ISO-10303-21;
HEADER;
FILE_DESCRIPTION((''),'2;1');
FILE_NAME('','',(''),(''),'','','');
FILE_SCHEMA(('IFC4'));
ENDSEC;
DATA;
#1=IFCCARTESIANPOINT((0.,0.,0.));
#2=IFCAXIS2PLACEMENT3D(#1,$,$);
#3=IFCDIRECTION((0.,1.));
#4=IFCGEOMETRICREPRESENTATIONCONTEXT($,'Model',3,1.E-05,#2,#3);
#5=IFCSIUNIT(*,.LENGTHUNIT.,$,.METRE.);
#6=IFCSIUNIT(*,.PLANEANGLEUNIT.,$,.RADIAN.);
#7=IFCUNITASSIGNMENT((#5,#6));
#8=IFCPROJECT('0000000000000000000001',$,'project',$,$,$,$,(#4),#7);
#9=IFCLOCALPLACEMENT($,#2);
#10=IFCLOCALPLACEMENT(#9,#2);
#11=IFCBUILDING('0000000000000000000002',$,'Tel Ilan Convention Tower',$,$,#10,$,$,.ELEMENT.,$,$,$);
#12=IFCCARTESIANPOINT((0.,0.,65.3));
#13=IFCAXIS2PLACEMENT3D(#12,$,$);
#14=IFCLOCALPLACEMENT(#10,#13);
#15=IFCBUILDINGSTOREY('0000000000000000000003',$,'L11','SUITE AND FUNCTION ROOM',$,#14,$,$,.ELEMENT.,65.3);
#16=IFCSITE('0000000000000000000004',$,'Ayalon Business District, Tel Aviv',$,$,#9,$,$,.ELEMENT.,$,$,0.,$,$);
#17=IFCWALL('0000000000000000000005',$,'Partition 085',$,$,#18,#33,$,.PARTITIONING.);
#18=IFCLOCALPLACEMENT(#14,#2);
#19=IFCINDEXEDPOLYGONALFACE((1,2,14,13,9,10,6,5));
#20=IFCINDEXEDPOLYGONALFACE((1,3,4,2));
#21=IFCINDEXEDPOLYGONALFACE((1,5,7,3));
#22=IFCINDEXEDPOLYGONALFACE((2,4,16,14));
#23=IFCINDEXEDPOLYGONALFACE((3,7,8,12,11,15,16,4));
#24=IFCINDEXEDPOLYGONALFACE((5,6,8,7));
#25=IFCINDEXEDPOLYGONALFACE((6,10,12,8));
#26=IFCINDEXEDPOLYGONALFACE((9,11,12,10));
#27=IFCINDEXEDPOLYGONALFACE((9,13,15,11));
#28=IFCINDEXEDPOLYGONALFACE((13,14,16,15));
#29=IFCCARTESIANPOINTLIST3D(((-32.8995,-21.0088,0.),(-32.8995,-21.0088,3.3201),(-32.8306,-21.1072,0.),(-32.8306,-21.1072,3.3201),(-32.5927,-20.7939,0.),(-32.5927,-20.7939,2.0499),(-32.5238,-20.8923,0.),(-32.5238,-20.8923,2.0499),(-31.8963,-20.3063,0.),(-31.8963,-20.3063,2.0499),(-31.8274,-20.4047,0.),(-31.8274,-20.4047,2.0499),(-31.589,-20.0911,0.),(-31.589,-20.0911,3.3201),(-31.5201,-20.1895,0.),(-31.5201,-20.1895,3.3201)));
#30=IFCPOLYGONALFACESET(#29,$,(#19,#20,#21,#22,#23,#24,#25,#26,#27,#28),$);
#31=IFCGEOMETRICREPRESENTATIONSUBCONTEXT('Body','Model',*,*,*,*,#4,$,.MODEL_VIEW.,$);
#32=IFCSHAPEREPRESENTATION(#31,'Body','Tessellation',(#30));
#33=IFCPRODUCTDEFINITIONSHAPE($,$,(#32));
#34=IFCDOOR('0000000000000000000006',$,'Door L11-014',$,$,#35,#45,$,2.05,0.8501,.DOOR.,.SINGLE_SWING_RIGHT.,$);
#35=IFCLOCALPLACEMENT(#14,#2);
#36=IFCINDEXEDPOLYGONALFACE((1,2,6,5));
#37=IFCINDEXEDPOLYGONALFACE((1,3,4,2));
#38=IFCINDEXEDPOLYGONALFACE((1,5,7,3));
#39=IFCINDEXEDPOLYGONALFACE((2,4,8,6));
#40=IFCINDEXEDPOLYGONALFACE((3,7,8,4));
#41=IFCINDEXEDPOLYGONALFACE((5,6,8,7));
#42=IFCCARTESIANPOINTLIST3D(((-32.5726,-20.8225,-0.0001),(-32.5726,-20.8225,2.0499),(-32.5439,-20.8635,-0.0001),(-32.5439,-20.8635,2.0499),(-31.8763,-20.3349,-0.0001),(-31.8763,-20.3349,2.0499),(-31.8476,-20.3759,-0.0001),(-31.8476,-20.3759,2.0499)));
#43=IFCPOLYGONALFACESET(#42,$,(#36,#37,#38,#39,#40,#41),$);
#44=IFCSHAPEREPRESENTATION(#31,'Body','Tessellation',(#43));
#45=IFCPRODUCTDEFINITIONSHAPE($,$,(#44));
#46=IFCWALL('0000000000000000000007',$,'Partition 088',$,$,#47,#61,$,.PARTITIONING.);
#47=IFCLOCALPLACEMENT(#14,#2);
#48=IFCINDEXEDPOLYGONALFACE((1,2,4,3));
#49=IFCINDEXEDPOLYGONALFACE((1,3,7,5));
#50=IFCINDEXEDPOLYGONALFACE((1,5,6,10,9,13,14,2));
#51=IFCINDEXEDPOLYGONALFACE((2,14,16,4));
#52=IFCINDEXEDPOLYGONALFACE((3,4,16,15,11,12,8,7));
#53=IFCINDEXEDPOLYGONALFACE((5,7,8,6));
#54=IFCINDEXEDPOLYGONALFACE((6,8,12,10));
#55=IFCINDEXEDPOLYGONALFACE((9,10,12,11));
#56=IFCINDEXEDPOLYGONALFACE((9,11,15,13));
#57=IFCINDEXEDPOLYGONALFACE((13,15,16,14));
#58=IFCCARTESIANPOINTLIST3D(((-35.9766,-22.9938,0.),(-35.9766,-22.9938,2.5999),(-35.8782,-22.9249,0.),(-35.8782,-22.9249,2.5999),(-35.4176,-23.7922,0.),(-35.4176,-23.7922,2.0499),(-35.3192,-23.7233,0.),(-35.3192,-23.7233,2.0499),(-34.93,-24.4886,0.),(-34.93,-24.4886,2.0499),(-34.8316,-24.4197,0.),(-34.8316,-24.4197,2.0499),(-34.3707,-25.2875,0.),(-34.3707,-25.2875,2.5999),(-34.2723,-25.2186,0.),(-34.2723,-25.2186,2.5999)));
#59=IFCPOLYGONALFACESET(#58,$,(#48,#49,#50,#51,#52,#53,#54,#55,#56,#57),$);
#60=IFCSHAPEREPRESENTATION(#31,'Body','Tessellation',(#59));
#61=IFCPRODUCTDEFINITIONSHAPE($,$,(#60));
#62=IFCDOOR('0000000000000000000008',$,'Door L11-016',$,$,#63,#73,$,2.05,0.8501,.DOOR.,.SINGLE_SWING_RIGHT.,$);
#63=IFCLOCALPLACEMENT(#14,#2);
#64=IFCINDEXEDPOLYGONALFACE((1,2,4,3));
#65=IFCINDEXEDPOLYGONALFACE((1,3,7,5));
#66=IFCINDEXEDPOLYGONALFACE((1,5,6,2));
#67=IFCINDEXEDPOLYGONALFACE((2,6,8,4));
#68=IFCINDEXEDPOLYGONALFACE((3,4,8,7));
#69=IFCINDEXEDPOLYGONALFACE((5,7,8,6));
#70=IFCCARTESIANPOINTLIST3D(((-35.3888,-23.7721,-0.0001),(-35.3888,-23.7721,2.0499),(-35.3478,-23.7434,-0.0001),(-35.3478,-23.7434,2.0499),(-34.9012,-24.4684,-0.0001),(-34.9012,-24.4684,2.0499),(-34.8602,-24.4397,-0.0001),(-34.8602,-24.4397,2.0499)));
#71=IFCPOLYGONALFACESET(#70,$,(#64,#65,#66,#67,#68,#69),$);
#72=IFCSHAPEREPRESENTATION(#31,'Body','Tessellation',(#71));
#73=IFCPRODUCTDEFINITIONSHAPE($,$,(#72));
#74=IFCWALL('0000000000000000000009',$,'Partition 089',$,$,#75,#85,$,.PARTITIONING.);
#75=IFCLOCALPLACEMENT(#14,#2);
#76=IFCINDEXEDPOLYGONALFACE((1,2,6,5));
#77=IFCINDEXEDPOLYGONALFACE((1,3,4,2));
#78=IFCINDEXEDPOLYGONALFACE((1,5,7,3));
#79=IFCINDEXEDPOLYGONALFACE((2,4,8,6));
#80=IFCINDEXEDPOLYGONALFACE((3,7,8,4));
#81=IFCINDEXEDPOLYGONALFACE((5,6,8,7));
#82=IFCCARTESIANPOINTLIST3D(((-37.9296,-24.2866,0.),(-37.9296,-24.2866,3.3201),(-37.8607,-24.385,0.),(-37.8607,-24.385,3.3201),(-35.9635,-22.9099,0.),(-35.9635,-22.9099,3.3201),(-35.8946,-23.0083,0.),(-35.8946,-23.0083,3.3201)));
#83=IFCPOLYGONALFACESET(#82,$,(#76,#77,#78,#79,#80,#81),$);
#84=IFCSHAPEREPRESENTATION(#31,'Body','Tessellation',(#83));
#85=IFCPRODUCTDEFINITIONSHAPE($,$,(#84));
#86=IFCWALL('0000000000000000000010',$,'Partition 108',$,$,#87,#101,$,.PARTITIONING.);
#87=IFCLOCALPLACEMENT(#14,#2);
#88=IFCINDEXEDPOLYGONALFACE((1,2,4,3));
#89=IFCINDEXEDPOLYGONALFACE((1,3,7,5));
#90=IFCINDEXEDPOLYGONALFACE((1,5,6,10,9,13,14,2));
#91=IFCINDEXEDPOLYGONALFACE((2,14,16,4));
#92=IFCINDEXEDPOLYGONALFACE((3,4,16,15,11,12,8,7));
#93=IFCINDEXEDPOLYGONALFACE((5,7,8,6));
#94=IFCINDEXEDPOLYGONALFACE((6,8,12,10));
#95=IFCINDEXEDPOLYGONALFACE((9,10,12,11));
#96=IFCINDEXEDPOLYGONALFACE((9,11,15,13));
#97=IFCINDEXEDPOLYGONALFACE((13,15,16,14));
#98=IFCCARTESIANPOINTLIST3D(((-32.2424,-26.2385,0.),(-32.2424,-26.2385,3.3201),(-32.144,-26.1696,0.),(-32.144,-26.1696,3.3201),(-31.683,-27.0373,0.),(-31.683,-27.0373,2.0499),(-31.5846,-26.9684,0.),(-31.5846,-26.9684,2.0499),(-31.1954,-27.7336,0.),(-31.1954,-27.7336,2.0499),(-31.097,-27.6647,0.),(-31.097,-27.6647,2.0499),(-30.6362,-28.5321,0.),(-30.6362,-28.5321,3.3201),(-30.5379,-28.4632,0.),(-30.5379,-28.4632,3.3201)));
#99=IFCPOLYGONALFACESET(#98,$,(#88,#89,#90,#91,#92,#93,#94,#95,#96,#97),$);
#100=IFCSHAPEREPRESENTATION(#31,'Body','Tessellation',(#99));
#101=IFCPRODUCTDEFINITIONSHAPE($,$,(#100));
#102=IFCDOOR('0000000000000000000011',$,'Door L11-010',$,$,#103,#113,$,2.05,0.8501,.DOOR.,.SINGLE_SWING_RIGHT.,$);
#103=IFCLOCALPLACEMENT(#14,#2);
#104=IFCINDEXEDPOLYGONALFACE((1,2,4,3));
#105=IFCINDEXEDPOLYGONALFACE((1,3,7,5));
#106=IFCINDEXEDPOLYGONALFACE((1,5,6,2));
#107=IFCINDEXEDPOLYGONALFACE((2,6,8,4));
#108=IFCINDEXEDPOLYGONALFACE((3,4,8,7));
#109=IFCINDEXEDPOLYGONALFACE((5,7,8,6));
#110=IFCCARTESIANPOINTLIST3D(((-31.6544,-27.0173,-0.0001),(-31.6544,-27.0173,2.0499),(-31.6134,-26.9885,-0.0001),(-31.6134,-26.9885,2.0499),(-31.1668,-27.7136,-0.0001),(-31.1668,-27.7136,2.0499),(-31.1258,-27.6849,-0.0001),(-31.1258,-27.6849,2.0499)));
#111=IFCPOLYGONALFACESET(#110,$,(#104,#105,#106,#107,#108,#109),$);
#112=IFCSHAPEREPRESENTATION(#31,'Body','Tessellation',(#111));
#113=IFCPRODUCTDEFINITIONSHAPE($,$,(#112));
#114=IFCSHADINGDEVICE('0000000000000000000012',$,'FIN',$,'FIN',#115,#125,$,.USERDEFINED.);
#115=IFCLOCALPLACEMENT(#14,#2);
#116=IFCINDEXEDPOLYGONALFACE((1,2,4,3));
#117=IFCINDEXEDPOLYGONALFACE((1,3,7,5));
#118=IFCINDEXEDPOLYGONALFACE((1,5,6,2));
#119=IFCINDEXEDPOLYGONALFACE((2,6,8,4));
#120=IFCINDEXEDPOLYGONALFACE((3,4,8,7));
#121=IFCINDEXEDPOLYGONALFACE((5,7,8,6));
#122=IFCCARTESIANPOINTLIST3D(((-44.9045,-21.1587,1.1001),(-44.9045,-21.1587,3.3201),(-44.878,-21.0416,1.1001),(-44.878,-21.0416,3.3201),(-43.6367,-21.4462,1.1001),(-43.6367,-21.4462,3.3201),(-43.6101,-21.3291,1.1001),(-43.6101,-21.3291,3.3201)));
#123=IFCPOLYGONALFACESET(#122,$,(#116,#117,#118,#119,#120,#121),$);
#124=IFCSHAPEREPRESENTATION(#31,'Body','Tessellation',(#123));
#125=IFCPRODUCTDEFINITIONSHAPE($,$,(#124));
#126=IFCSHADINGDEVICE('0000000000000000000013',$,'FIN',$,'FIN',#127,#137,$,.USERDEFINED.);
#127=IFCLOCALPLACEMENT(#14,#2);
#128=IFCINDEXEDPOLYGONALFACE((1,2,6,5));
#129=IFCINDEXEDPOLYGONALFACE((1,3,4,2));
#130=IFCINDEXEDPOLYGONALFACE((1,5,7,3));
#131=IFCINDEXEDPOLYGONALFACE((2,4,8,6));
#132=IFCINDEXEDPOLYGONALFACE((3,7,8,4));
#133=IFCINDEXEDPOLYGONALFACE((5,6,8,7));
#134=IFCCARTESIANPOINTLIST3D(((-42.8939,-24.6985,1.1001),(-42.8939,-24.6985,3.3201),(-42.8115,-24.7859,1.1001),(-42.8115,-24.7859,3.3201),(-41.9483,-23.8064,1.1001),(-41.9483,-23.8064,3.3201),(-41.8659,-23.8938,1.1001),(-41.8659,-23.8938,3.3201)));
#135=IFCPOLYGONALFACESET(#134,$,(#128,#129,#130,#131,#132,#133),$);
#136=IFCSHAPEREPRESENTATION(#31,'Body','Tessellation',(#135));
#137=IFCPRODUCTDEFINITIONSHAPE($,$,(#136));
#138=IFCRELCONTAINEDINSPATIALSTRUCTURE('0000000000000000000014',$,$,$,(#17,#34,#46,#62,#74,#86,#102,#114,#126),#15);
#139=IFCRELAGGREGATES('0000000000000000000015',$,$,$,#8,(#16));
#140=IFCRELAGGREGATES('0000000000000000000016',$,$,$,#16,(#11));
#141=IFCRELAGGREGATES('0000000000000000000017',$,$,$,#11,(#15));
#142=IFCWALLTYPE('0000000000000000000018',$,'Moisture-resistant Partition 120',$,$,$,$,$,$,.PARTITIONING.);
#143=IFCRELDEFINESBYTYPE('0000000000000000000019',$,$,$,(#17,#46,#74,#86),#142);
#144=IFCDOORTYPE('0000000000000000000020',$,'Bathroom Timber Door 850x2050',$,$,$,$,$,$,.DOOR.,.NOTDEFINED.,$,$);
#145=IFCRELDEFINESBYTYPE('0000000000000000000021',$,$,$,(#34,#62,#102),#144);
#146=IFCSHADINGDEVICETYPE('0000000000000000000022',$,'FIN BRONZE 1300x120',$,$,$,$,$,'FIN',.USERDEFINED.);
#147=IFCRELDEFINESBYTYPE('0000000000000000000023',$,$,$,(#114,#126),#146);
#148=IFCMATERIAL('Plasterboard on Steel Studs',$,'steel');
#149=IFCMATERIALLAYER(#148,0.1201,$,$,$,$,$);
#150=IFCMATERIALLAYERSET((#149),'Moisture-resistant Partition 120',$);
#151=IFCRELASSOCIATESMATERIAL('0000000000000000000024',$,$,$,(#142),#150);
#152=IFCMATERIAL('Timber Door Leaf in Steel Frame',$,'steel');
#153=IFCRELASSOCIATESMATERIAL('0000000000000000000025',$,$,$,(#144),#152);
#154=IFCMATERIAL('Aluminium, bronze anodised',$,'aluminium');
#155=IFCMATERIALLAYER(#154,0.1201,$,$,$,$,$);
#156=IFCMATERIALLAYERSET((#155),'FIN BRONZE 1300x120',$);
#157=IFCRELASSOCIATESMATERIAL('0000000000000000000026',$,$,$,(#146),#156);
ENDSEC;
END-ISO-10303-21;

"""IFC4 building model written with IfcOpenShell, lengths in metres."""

from ifc_helpers import new_model, si_unit, direction, frame, frame_2d, origin, origin_2d, place, context, subcontext, project, spatial, rectangle, extrude, material, layer, layer_set, type_object, element, fill, save


model = new_model("IFC4")

# Units and contexts
model_context = context("Model", 3, precision=1e-05, world=origin(), true_north=direction((0.0, 1.0)))
body_context = subcontext(model_context, "Body", "Model", "MODEL_VIEW")
ifc_project = project(units=[si_unit("LENGTHUNIT", "METRE"), si_unit("PLANEANGLEUNIT", "RADIAN")], contexts=[model_context])

# Site, building, storey
site_placement = place(None, origin())
site = spatial("IfcSite", under=ifc_project, at=site_placement, Name="Ayalon Business District, Tel Aviv", CompositionType="ELEMENT", RefElevation=0.0)
building_placement = place(site_placement, origin())
building = spatial("IfcBuilding", under=site, at=building_placement, Name="Tel Ilan Convention Tower", CompositionType="ELEMENT")
storey_placement = place(building_placement, frame((0.0, 0.0, 65.3)))
storey = spatial("IfcBuildingStorey", under=building, at=storey_placement, Name="L11", Description="SUITE AND FUNCTION ROOM", CompositionType="ELEMENT", Elevation=65.3)

# Shared definitions
ifc_material_1 = material(Name="Plasterboard on Steel Studs", Category="steel")
ifc_layer_1 = layer(ifc_material_1, 0.1201)
ifc_layer_set_1 = layer_set([ifc_layer_1], Name="Moisture-resistant Partition 120")
wall_type_1 = type_object("IfcWallType", Name="Moisture-resistant Partition 120", PredefinedType="PARTITIONING", material=ifc_layer_set_1)

# Walls, openings, doors
wall_1_placement = place(storey_placement, frame((-31.5547, -20.1404, 0.0), z_axis=(0.0, 0.0, 1.0), x_axis=(-0.819132, -0.573606, 0.0)))
wall_1 = element("IfcWall", 1, at=wall_1_placement, inside=storey, type_object=wall_type_1, Name="Partition 085", PredefinedType="PARTITIONING", context=body_context, shape_type="SweptSolid", body=[
    extrude(rectangle(XDim=1.5999, YDim=0.1201, at=frame_2d((0.7998, 0.0))), origin(), (0.0, 0.0, 1.0), 3.3201),
])
opening_1_placement = place(wall_1_placement, frame((0.375, 0.0, 0.0)))
opening_1 = element("IfcOpeningElement", 2, at=opening_1_placement, cuts=wall_1, PredefinedType="OPENING", context=body_context, shape_type="SweptSolid", body=[
    extrude(rectangle(XDim=0.8501, YDim=2.05, at=frame_2d((0.425, 1.0249))), frame((0.0, 0.0701, 0.0), z_axis=(0.0, -1.0, 0.0), x_axis=(1.0, 0.0, 0.0)), (0.0, 0.0, 1.0), 0.1401),
])
ifc_material_2 = material(Name="Timber Door Leaf in Steel Frame", Category="steel")
door_type_1 = type_object("IfcDoorType", Name="Bathroom Timber Door 850x2050", OperationType="NOTDEFINED", PredefinedType="DOOR", material=ifc_material_2)
door_1_placement = place(opening_1_placement, origin())
door_1 = element("IfcDoor", 3, at=door_1_placement, inside=storey, type_object=door_type_1, Name="Door L11-014", OperationType="SINGLE_SWING_RIGHT", OverallHeight=2.05, OverallWidth=0.8501, PredefinedType="DOOR", context=body_context, shape_type="SweptSolid", body=[
    extrude(rectangle(XDim=0.8501, YDim=2.05, at=frame_2d((0.425, 1.0249))), frame((0.0, 0.0249, 0.0), z_axis=(0.0, -1.0, 0.0), x_axis=(1.0, 0.0, 0.0)), (0.0, 0.0, 1.0), 0.05),
])
fill(opening_1, door_1)
wall_2_placement = place(storey_placement, frame((-34.3215, -25.2529, 0.0), z_axis=(0.0, 0.0, 1.0), x_axis=(-0.57355, 0.81917, 0.0)))
wall_2 = element("IfcWall", 4, at=wall_2_placement, inside=storey, type_object=wall_type_1, Name="Partition 088", PredefinedType="PARTITIONING", context=body_context, shape_type="SweptSolid", body=[
    extrude(rectangle(XDim=2.8, YDim=0.1201, at=frame_2d((1.3999, 0.0))), origin(), (0.0, 0.0, 1.0), 2.5999),
])
opening_2_placement = place(wall_2_placement, frame((0.9751, 0.0, 0.0)))
opening_2 = element("IfcOpeningElement", 5, at=opening_2_placement, cuts=wall_2, PredefinedType="OPENING", context=body_context, shape_type="SweptSolid", body=[
    extrude(rectangle(XDim=0.8501, YDim=2.05, at=frame_2d((0.425, 1.0249))), frame((0.0, 0.0701, 0.0), z_axis=(0.0, -1.0, 0.0), x_axis=(1.0, 0.0, 0.0)), (0.0, 0.0, 1.0), 0.1401),
])
door_2_placement = place(opening_2_placement, origin())
door_2 = element("IfcDoor", 6, at=door_2_placement, inside=storey, type_object=door_type_1, Name="Door L11-016", OperationType="SINGLE_SWING_RIGHT", OverallHeight=2.05, OverallWidth=0.8501, PredefinedType="DOOR", context=body_context, shape_type="SweptSolid", body=[
    extrude(rectangle(XDim=0.8501, YDim=2.05, at=frame_2d((0.425, 1.0249))), frame((0.0, 0.0249, 0.0), z_axis=(0.0, -1.0, 0.0), x_axis=(1.0, 0.0, 0.0)), (0.0, 0.0, 1.0), 0.05),
])
fill(opening_2, door_2)

# Wall
wall_3_placement = place(storey_placement, frame((-35.929, -22.959, 0.0), z_axis=(0.0, 0.0, 1.0), x_axis=(-0.819141, -0.573592, 0.0)))
element("IfcWall", 7, at=wall_3_placement, inside=storey, type_object=wall_type_1, Name="Partition 089", PredefinedType="PARTITIONING", context=body_context, shape_type="SweptSolid", body=[
    extrude(rectangle(XDim=2.4001, YDim=0.1201, at=frame_2d((1.2002, 0.0))), origin(), (0.0, 0.0, 1.0), 3.3201),
])

# Wall, opening, door
wall_4_placement = place(storey_placement, frame((-32.1931, -26.2041, 0.0), z_axis=(0.0, 0.0, 1.0), x_axis=(0.573609, -0.81913, 0.0)))
wall_4 = element("IfcWall", 8, at=wall_4_placement, inside=storey, type_object=wall_type_1, Name="Partition 108", PredefinedType="PARTITIONING", context=body_context, shape_type="SweptSolid", body=[
    extrude(rectangle(XDim=2.8, YDim=0.1201, at=frame_2d((1.3999, 0.0))), origin(), (0.0, 0.0, 1.0), 3.3201),
])
opening_3_placement = place(wall_4_placement, frame((0.9751, 0.0, 0.0)))
opening_3 = element("IfcOpeningElement", 9, at=opening_3_placement, cuts=wall_4, PredefinedType="OPENING", context=body_context, shape_type="SweptSolid", body=[
    extrude(rectangle(XDim=0.8501, YDim=2.05, at=frame_2d((0.425, 1.0249))), frame((0.0, 0.0701, 0.0), z_axis=(0.0, -1.0, 0.0), x_axis=(1.0, 0.0, 0.0)), (0.0, 0.0, 1.0), 0.1401),
])
door_3_placement = place(opening_3_placement, origin())
door_3 = element("IfcDoor", 10, at=door_3_placement, inside=storey, type_object=door_type_1, Name="Door L11-010", OperationType="SINGLE_SWING_RIGHT", OverallHeight=2.05, OverallWidth=0.8501, PredefinedType="DOOR", context=body_context, shape_type="SweptSolid", body=[
    extrude(rectangle(XDim=0.8501, YDim=2.05, at=frame_2d((0.425, 1.0249))), frame((0.0, 0.0249, 0.0), z_axis=(0.0, -1.0, 0.0), x_axis=(1.0, 0.0, 0.0)), (0.0, 0.0, 1.0), 0.05),
])
fill(opening_3, door_3)

# Shading devices
ifc_material_3 = material(Name="Aluminium, bronze anodised", Category="aluminium")
ifc_layer_2 = layer(ifc_material_3, 0.1201)
ifc_layer_set_2 = layer_set([ifc_layer_2], Name="FIN BRONZE 1300x120")
shading_device_type = type_object("IfcShadingDeviceType", Name="FIN BRONZE 1300x120", ElementType="FIN", PredefinedType="USERDEFINED", material=ifc_layer_set_2)
for number, where, z_axis, x_axis, name in (
    (11, (-44.2573, -21.2439, 1.1001), (0.0, 0.0, 1.0), (-0.975235, 0.22117, 0.0), "FIN"),
    (12, (-42.3799, -24.2961, 1.1001), (0.0, 0.0, 1.0), (-0.727374, -0.686242, 0.0), "FIN"),
):
    element("IfcShadingDevice", number, at=place(storey_placement, frame(where, z_axis=z_axis, x_axis=x_axis)), inside=storey, type_object=shading_device_type, Name=name, ObjectType="FIN", PredefinedType="USERDEFINED", context=body_context, shape_type="SweptSolid", body=[
        extrude(rectangle(XDim=1.3, YDim=0.1201, at=origin_2d()), origin(), (0.0, 0.0, 1.0), 2.22),
    ])

save(model, "model.ifc")
